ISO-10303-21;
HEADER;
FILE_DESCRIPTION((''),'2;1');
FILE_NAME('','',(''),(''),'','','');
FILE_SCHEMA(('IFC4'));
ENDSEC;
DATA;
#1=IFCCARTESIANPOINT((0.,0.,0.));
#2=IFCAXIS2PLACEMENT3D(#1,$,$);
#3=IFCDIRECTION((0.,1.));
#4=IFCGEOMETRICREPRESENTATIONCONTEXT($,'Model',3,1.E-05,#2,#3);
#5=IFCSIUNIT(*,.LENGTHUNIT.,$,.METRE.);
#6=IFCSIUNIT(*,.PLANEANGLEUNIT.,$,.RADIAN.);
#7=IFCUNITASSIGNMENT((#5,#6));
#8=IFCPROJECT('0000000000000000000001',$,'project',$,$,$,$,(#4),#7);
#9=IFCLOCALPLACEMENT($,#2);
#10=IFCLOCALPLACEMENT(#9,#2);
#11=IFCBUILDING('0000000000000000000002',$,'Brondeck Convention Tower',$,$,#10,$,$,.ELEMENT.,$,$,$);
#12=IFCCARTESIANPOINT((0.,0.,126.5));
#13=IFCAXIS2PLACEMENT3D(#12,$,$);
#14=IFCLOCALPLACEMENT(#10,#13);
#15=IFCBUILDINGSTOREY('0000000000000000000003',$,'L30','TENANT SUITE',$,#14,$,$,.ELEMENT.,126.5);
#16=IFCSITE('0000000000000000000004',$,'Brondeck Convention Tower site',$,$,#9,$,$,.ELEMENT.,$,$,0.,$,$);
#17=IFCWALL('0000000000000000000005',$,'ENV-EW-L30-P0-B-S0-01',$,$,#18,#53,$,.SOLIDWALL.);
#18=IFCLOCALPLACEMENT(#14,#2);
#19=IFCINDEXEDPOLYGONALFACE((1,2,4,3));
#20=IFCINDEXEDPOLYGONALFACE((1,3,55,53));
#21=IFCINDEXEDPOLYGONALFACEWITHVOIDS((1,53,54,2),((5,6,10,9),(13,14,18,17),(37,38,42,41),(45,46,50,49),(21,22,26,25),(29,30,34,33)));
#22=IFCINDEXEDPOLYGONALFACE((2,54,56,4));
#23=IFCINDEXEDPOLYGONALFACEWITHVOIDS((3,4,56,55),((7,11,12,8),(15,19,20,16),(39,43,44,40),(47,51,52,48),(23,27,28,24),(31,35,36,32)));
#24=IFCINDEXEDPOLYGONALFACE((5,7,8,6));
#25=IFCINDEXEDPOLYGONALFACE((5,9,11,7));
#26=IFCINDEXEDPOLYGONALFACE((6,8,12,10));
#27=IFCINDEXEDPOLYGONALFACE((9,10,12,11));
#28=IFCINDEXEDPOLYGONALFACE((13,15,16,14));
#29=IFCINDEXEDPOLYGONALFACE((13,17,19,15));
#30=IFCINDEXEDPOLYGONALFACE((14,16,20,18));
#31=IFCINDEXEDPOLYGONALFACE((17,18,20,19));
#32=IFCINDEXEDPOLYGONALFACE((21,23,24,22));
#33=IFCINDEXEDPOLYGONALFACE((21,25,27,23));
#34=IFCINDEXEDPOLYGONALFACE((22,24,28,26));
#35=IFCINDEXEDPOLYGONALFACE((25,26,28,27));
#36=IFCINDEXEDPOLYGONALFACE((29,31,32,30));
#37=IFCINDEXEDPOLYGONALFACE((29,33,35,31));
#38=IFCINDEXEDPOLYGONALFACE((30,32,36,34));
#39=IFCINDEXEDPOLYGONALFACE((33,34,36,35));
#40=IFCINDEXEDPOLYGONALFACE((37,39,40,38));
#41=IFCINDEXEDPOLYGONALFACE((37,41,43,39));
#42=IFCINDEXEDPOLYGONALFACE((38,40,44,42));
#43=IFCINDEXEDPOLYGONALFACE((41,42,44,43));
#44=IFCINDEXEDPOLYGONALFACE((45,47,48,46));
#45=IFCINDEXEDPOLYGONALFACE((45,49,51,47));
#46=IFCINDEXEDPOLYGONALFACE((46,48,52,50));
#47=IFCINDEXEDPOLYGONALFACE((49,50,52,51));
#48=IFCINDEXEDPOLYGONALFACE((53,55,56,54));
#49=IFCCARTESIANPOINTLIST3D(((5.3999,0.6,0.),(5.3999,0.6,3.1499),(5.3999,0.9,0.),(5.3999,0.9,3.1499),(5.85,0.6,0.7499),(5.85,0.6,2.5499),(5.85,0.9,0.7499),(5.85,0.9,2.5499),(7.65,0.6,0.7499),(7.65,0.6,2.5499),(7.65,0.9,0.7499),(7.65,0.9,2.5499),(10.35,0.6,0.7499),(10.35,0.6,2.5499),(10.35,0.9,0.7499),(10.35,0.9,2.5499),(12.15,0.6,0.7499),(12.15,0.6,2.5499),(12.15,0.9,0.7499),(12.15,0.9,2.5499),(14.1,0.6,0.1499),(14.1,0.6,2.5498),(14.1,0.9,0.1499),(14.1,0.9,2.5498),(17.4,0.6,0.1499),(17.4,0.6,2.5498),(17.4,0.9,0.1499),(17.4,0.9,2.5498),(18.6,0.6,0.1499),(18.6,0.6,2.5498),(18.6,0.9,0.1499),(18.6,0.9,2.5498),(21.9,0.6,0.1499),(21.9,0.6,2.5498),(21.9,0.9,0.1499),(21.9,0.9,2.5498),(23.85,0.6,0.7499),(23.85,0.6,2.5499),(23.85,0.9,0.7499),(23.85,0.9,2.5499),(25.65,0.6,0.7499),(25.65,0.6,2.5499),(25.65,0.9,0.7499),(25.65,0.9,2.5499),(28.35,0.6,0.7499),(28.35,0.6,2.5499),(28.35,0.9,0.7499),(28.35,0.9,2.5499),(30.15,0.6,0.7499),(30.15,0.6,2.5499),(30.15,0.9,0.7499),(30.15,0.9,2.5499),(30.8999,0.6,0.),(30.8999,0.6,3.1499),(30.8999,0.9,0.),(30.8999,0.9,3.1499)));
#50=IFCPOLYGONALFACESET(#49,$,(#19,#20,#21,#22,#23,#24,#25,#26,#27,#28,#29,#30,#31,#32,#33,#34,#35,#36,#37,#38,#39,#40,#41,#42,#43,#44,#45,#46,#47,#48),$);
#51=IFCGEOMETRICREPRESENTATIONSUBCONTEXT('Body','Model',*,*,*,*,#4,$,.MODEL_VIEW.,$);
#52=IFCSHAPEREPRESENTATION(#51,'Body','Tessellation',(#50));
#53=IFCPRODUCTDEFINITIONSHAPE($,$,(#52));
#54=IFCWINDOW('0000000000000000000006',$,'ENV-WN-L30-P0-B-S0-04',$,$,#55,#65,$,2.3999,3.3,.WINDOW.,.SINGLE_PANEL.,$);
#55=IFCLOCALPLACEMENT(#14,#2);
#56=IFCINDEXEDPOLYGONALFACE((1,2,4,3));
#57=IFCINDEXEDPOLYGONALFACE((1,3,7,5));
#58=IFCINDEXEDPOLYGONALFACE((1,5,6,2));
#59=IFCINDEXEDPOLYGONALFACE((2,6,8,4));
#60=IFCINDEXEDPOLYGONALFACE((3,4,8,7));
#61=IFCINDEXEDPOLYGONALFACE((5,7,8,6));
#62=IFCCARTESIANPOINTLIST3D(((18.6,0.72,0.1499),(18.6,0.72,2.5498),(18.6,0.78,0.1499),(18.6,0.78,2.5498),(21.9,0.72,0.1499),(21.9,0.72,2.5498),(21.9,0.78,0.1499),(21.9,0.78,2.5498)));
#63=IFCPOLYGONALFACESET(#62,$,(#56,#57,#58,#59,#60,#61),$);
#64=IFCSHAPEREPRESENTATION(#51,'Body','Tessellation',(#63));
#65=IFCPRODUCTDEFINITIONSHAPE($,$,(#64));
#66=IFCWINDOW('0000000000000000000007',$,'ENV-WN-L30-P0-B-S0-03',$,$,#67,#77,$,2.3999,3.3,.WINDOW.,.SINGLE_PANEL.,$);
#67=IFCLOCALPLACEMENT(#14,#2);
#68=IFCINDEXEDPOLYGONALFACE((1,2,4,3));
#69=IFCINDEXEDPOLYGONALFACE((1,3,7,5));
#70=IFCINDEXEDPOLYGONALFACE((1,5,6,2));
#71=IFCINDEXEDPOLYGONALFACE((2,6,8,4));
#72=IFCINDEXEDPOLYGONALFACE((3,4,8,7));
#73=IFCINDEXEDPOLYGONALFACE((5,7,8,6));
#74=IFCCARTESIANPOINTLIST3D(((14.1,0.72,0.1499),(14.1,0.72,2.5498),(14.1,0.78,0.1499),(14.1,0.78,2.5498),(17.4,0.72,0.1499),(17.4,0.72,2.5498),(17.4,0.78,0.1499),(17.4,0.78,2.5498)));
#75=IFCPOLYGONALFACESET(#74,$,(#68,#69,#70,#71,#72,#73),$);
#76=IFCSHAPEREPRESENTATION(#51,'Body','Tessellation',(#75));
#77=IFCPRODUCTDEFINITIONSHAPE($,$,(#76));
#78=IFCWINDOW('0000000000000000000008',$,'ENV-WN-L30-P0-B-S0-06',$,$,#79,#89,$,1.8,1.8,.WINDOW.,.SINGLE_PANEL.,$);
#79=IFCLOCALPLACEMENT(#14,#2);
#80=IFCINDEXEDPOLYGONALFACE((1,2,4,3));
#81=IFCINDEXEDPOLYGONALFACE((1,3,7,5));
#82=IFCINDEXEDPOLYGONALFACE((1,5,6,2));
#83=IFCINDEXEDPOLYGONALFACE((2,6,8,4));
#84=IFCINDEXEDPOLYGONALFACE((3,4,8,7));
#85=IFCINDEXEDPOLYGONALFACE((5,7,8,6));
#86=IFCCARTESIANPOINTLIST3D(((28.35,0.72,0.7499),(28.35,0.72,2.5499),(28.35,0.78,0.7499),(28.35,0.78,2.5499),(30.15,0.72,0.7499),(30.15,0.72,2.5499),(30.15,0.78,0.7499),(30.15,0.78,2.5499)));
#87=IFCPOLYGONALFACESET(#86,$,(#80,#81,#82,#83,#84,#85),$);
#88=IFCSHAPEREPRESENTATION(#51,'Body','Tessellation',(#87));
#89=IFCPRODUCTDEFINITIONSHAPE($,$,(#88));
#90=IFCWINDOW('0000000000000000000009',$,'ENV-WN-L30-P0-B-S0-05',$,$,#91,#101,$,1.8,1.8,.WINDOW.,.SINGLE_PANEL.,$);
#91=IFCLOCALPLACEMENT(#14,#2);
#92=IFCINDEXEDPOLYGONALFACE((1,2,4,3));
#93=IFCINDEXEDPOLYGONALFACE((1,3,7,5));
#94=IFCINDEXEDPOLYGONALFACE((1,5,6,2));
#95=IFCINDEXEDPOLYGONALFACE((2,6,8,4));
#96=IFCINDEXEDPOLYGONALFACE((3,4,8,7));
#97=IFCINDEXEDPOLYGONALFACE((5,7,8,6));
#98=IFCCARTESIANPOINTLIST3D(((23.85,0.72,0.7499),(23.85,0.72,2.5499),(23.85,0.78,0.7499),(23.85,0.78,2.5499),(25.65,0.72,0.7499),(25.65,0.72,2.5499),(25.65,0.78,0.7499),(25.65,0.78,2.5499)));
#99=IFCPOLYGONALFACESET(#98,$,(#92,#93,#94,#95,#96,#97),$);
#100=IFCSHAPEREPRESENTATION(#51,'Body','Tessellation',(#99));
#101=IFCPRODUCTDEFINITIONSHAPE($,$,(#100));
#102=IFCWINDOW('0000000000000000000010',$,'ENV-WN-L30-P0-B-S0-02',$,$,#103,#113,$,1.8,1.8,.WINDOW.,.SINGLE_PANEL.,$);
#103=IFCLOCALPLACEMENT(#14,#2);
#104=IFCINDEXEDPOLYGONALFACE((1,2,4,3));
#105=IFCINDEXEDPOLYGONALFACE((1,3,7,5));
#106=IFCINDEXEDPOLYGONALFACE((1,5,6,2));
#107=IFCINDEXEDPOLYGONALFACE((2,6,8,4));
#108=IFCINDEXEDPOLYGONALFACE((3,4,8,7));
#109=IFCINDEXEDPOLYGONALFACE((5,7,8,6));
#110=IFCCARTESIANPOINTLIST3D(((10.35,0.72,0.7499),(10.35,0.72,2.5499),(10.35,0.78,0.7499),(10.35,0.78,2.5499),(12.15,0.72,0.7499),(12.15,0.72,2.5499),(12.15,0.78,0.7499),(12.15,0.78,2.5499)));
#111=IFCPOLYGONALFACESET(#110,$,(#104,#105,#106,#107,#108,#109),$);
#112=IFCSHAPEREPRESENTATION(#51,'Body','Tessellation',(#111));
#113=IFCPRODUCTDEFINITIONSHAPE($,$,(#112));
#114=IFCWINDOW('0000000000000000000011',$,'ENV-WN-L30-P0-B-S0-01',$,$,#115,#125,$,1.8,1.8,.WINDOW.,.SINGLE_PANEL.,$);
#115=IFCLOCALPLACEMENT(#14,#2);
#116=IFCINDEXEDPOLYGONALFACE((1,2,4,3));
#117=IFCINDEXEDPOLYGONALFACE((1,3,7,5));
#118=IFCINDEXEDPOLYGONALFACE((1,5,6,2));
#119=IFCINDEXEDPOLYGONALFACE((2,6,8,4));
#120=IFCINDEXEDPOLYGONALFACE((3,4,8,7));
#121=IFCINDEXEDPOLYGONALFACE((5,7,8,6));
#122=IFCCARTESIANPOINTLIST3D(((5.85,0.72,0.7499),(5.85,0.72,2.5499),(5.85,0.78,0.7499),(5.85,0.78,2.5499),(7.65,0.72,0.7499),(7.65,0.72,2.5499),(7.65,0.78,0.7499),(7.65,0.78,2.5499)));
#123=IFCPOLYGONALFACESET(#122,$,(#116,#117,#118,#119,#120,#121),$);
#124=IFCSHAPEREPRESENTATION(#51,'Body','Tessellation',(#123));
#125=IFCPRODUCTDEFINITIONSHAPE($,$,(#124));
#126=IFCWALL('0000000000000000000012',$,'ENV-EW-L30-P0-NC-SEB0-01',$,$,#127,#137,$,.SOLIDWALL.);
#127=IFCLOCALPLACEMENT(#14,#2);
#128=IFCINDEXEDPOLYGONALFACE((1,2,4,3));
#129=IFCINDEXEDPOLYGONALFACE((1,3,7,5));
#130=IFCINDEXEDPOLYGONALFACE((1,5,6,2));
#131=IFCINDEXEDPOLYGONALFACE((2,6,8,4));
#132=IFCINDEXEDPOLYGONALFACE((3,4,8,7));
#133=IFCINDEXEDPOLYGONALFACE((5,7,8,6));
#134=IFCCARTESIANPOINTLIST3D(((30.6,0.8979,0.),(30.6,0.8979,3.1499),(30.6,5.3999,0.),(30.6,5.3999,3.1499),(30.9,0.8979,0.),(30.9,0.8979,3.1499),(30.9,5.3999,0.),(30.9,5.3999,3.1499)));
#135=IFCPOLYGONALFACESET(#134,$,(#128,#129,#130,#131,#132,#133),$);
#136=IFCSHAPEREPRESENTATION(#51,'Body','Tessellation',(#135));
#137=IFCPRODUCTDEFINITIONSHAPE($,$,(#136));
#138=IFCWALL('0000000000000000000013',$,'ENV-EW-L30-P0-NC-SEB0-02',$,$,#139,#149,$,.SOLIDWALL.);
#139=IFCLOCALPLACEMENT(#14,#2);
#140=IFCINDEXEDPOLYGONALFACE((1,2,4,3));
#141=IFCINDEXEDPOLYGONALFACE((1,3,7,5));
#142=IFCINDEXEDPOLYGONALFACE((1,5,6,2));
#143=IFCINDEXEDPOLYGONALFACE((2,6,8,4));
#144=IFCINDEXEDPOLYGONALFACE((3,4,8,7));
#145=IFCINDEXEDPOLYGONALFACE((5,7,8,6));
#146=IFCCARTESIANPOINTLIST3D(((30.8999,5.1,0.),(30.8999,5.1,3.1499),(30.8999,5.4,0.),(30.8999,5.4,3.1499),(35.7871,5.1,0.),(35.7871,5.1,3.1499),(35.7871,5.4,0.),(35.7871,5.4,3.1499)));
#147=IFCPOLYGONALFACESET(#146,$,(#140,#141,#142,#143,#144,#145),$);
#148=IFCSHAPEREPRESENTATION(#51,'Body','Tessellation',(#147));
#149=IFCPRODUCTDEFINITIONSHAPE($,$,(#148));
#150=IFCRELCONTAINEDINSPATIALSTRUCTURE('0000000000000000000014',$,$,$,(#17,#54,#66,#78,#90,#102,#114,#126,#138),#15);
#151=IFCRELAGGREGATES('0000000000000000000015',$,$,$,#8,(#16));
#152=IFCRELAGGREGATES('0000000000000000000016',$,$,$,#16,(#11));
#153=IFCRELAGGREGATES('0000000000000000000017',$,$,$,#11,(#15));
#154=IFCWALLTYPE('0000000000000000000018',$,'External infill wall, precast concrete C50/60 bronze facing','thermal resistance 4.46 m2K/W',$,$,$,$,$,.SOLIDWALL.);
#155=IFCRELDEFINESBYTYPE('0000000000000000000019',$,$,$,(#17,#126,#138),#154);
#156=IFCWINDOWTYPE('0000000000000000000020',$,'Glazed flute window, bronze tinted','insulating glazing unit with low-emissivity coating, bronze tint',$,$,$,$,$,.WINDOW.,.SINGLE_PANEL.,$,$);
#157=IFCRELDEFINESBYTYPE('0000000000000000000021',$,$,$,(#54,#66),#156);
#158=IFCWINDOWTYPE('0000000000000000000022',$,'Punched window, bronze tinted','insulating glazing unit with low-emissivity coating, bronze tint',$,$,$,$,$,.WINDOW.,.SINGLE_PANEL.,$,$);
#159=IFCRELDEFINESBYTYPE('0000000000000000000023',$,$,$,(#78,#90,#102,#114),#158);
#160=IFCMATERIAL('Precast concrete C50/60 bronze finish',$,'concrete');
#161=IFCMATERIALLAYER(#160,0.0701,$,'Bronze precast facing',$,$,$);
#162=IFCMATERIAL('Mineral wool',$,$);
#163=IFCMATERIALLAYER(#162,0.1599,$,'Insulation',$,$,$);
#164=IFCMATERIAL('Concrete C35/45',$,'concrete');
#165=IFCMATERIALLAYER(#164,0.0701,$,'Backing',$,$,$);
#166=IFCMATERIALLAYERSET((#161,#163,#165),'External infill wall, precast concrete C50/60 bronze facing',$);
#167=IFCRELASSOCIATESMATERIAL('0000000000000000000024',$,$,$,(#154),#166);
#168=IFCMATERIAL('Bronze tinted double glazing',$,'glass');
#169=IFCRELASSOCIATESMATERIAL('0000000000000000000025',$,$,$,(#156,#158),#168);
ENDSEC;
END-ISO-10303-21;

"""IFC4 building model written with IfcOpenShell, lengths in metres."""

from ifc_helpers import new_model, si_unit, direction, frame, frame_2d, origin, place, context, subcontext, project, spatial, rectangle, extrude, material, layer, layer_set, type_object, element, fill, save


model = new_model("IFC4")

# Units and contexts
model_context = context("Model", 3, precision=1e-05, world=origin(), true_north=direction((0.0, 1.0)))
body_context = subcontext(model_context, "Body", "Model", "MODEL_VIEW")
ifc_project = project(units=[si_unit("LENGTHUNIT", "METRE"), si_unit("PLANEANGLEUNIT", "RADIAN")], contexts=[model_context])

# Site, building, storey
site_placement = place(None, origin())
site = spatial("IfcSite", under=ifc_project, at=site_placement, Name="Brondeck Convention Tower site", CompositionType="ELEMENT", RefElevation=0.0)
building_placement = place(site_placement, origin())
building = spatial("IfcBuilding", under=site, at=building_placement, Name="Brondeck Convention Tower", CompositionType="ELEMENT")
storey_placement = place(building_placement, frame((0.0, 0.0, 126.5)))
storey = spatial("IfcBuildingStorey", under=building, at=storey_placement, Name="L30", Description="TENANT SUITE", CompositionType="ELEMENT", Elevation=126.5)

# Wall, openings, windows
ifc_material_1 = material(Name="Precast concrete C50/60 bronze finish", Category="concrete")
ifc_layer_1 = layer(ifc_material_1, 0.0701, Name="Bronze precast facing")
ifc_material_2 = material(Name="Mineral wool")
ifc_layer_2 = layer(ifc_material_2, 0.1599, Name="Insulation")
ifc_material_3 = material(Name="Concrete C35/45", Category="concrete")
ifc_layer_3 = layer(ifc_material_3, 0.0701, Name="Backing")
ifc_layer_set = layer_set([ifc_layer_1, ifc_layer_2, ifc_layer_3], Name="External infill wall, precast concrete C50/60 bronze facing")
wall_type = type_object("IfcWallType", Name="External infill wall, precast concrete C50/60 bronze facing", Description="thermal resistance 4.46 m2K/W", PredefinedType="SOLIDWALL", material=ifc_layer_set)
wall_1_placement = place(storey_placement, frame((30.8999, 0.75, 0.0), z_axis=(0.0, 0.0, 1.0), x_axis=(-1.0, 0.0, 0.0)))
wall_1 = element("IfcWall", 1, at=wall_1_placement, inside=storey, type_object=wall_type, Name="ENV-EW-L30-P0-B-S0-01", PredefinedType="SOLIDWALL", context=body_context, shape_type="SweptSolid", body=[
    extrude(rectangle(XDim=25.5, YDim=0.3, at=frame_2d((12.75, 0.0))), origin(), (0.0, 0.0, 1.0), 3.1499),
])
opening_1_placement = place(wall_1_placement, frame((0.75, 0.0, 0.75)))
opening_1 = element("IfcOpeningElement", 2, at=opening_1_placement, cuts=wall_1, PredefinedType="OPENING", context=body_context, shape_type="SweptSolid", body=[
    extrude(rectangle(XDim=1.8, YDim=1.8, at=frame_2d((0.8999, 0.8999))), frame((0.0, 0.1599, 0.0), z_axis=(0.0, -1.0, 0.0), x_axis=(1.0, 0.0, 0.0)), (0.0, 0.0, 1.0), 0.3201),
])
opening_2_placement = place(wall_1_placement, frame((5.25, 0.0, 0.75)))
opening_2 = element("IfcOpeningElement", 3, at=opening_2_placement, cuts=wall_1, PredefinedType="OPENING", context=body_context, shape_type="SweptSolid", body=[
    extrude(rectangle(XDim=1.8, YDim=1.8, at=frame_2d((0.8999, 0.8999))), frame((0.0, 0.1599, 0.0), z_axis=(0.0, -1.0, 0.0), x_axis=(1.0, 0.0, 0.0)), (0.0, 0.0, 1.0), 0.3201),
])
opening_3_placement = place(wall_1_placement, frame((9.0, 0.0, 0.1499)))
opening_3 = element("IfcOpeningElement", 4, at=opening_3_placement, cuts=wall_1, PredefinedType="OPENING", context=body_context, shape_type="SweptSolid", body=[
    extrude(rectangle(XDim=3.3, YDim=2.3999, at=frame_2d((1.6499, 1.2))), frame((0.0, 0.1599, 0.0), z_axis=(0.0, -1.0, 0.0), x_axis=(1.0, 0.0, 0.0)), (0.0, 0.0, 1.0), 0.3201),
])
opening_4_placement = place(wall_1_placement, frame((13.5, 0.0, 0.1499)))
opening_4 = element("IfcOpeningElement", 5, at=opening_4_placement, cuts=wall_1, PredefinedType="OPENING", context=body_context, shape_type="SweptSolid", body=[
    extrude(rectangle(XDim=3.3, YDim=2.3999, at=frame_2d((1.6499, 1.2))), frame((0.0, 0.1599, 0.0), z_axis=(0.0, -1.0, 0.0), x_axis=(1.0, 0.0, 0.0)), (0.0, 0.0, 1.0), 0.3201),
])
opening_5_placement = place(wall_1_placement, frame((18.75, 0.0, 0.75)))
opening_5 = element("IfcOpeningElement", 6, at=opening_5_placement, cuts=wall_1, PredefinedType="OPENING", context=body_context, shape_type="SweptSolid", body=[
    extrude(rectangle(XDim=1.8, YDim=1.8, at=frame_2d((0.8999, 0.8999))), frame((0.0, 0.1599, 0.0), z_axis=(0.0, -1.0, 0.0), x_axis=(1.0, 0.0, 0.0)), (0.0, 0.0, 1.0), 0.3201),
])
opening_6_placement = place(wall_1_placement, frame((23.25, 0.0, 0.75)))
opening_6 = element("IfcOpeningElement", 7, at=opening_6_placement, cuts=wall_1, PredefinedType="OPENING", context=body_context, shape_type="SweptSolid", body=[
    extrude(rectangle(XDim=1.8, YDim=1.8, at=frame_2d((0.8999, 0.8999))), frame((0.0, 0.1599, 0.0), z_axis=(0.0, -1.0, 0.0), x_axis=(1.0, 0.0, 0.0)), (0.0, 0.0, 1.0), 0.3201),
])
ifc_material_4 = material(Name="Bronze tinted double glazing", Category="glass")
window_type_1 = type_object("IfcWindowType", Name="Glazed flute window, bronze tinted", Description="insulating glazing unit with low-emissivity coating, bronze tint", PartitioningType="SINGLE_PANEL", PredefinedType="WINDOW", material=ifc_material_4)
window_1_placement = place(opening_3_placement, origin())
window_1 = element("IfcWindow", 8, at=window_1_placement, inside=storey, type_object=window_type_1, Name="ENV-WN-L30-P0-B-S0-04", OverallHeight=2.3999, OverallWidth=3.3, PartitioningType="SINGLE_PANEL", PredefinedType="WINDOW", context=body_context, shape_type="SweptSolid", body=[
    extrude(rectangle(XDim=3.3, YDim=2.3999, at=frame_2d((1.6499, 1.2))), frame((0.0, 0.03, 0.0), z_axis=(0.0, -1.0, 0.0), x_axis=(1.0, 0.0, 0.0)), (0.0, 0.0, 1.0), 0.0601),
])
fill(opening_3, window_1)
window_2_placement = place(opening_4_placement, origin())
window_2 = element("IfcWindow", 9, at=window_2_placement, inside=storey, type_object=window_type_1, Name="ENV-WN-L30-P0-B-S0-03", OverallHeight=2.3999, OverallWidth=3.3, PartitioningType="SINGLE_PANEL", PredefinedType="WINDOW", context=body_context, shape_type="SweptSolid", body=[
    extrude(rectangle(XDim=3.3, YDim=2.3999, at=frame_2d((1.6499, 1.2))), frame((0.0, 0.03, 0.0), z_axis=(0.0, -1.0, 0.0), x_axis=(1.0, 0.0, 0.0)), (0.0, 0.0, 1.0), 0.0601),
])
fill(opening_4, window_2)
window_type_2 = type_object("IfcWindowType", Name="Punched window, bronze tinted", Description="insulating glazing unit with low-emissivity coating, bronze tint", PartitioningType="SINGLE_PANEL", PredefinedType="WINDOW", material=ifc_material_4)
window_3_placement = place(opening_1_placement, origin())
window_3 = element("IfcWindow", 10, at=window_3_placement, inside=storey, type_object=window_type_2, Name="ENV-WN-L30-P0-B-S0-06", OverallHeight=1.8, OverallWidth=1.8, PartitioningType="SINGLE_PANEL", PredefinedType="WINDOW", context=body_context, shape_type="SweptSolid", body=[
    extrude(rectangle(XDim=1.8, YDim=1.8, at=frame_2d((0.8999, 0.8999))), frame((0.0, 0.03, 0.0), z_axis=(0.0, -1.0, 0.0), x_axis=(1.0, 0.0, 0.0)), (0.0, 0.0, 1.0), 0.0601),
])
fill(opening_1, window_3)
window_4_placement = place(opening_2_placement, origin())
window_4 = element("IfcWindow", 11, at=window_4_placement, inside=storey, type_object=window_type_2, Name="ENV-WN-L30-P0-B-S0-05", OverallHeight=1.8, OverallWidth=1.8, PartitioningType="SINGLE_PANEL", PredefinedType="WINDOW", context=body_context, shape_type="SweptSolid", body=[
    extrude(rectangle(XDim=1.8, YDim=1.8, at=frame_2d((0.8999, 0.8999))), frame((0.0, 0.03, 0.0), z_axis=(0.0, -1.0, 0.0), x_axis=(1.0, 0.0, 0.0)), (0.0, 0.0, 1.0), 0.0601),
])
fill(opening_2, window_4)
window_5_placement = place(opening_5_placement, origin())
window_5 = element("IfcWindow", 12, at=window_5_placement, inside=storey, type_object=window_type_2, Name="ENV-WN-L30-P0-B-S0-02", OverallHeight=1.8, OverallWidth=1.8, PartitioningType="SINGLE_PANEL", PredefinedType="WINDOW", context=body_context, shape_type="SweptSolid", body=[
    extrude(rectangle(XDim=1.8, YDim=1.8, at=frame_2d((0.8999, 0.8999))), frame((0.0, 0.03, 0.0), z_axis=(0.0, -1.0, 0.0), x_axis=(1.0, 0.0, 0.0)), (0.0, 0.0, 1.0), 0.0601),
])
fill(opening_5, window_5)
window_6_placement = place(opening_6_placement, origin())
window_6 = element("IfcWindow", 13, at=window_6_placement, inside=storey, type_object=window_type_2, Name="ENV-WN-L30-P0-B-S0-01", OverallHeight=1.8, OverallWidth=1.8, PartitioningType="SINGLE_PANEL", PredefinedType="WINDOW", context=body_context, shape_type="SweptSolid", body=[
    extrude(rectangle(XDim=1.8, YDim=1.8, at=frame_2d((0.8999, 0.8999))), frame((0.0, 0.03, 0.0), z_axis=(0.0, -1.0, 0.0), x_axis=(1.0, 0.0, 0.0)), (0.0, 0.0, 1.0), 0.0601),
])
fill(opening_6, window_6)

# Walls
wall_2_placement = place(storey_placement, frame((30.75, 5.3999, 0.0), z_axis=(0.0, 0.0, 1.0), x_axis=(0.0, -1.0, 0.0)))
element("IfcWall", 14, at=wall_2_placement, inside=storey, type_object=wall_type, Name="ENV-EW-L30-P0-NC-SEB0-01", PredefinedType="SOLIDWALL", context=body_context, shape_type="SweptSolid", body=[
    extrude(rectangle(XDim=4.502, YDim=0.3, at=frame_2d((2.251, 0.0))), origin(), (0.0, 0.0, 1.0), 3.1499),
])
wall_3_placement = place(storey_placement, frame((35.7871, 5.25, 0.0), z_axis=(0.0, 0.0, 1.0), x_axis=(-1.0, 0.0, 0.0)))
element("IfcWall", 15, at=wall_3_placement, inside=storey, type_object=wall_type, Name="ENV-EW-L30-P0-NC-SEB0-02", PredefinedType="SOLIDWALL", context=body_context, shape_type="SweptSolid", body=[
    extrude(rectangle(XDim=4.8872, YDim=0.3, at=frame_2d((2.4436, 0.0))), origin(), (0.0, 0.0, 1.0), 3.1499),
])

save(model, "model.ifc")
